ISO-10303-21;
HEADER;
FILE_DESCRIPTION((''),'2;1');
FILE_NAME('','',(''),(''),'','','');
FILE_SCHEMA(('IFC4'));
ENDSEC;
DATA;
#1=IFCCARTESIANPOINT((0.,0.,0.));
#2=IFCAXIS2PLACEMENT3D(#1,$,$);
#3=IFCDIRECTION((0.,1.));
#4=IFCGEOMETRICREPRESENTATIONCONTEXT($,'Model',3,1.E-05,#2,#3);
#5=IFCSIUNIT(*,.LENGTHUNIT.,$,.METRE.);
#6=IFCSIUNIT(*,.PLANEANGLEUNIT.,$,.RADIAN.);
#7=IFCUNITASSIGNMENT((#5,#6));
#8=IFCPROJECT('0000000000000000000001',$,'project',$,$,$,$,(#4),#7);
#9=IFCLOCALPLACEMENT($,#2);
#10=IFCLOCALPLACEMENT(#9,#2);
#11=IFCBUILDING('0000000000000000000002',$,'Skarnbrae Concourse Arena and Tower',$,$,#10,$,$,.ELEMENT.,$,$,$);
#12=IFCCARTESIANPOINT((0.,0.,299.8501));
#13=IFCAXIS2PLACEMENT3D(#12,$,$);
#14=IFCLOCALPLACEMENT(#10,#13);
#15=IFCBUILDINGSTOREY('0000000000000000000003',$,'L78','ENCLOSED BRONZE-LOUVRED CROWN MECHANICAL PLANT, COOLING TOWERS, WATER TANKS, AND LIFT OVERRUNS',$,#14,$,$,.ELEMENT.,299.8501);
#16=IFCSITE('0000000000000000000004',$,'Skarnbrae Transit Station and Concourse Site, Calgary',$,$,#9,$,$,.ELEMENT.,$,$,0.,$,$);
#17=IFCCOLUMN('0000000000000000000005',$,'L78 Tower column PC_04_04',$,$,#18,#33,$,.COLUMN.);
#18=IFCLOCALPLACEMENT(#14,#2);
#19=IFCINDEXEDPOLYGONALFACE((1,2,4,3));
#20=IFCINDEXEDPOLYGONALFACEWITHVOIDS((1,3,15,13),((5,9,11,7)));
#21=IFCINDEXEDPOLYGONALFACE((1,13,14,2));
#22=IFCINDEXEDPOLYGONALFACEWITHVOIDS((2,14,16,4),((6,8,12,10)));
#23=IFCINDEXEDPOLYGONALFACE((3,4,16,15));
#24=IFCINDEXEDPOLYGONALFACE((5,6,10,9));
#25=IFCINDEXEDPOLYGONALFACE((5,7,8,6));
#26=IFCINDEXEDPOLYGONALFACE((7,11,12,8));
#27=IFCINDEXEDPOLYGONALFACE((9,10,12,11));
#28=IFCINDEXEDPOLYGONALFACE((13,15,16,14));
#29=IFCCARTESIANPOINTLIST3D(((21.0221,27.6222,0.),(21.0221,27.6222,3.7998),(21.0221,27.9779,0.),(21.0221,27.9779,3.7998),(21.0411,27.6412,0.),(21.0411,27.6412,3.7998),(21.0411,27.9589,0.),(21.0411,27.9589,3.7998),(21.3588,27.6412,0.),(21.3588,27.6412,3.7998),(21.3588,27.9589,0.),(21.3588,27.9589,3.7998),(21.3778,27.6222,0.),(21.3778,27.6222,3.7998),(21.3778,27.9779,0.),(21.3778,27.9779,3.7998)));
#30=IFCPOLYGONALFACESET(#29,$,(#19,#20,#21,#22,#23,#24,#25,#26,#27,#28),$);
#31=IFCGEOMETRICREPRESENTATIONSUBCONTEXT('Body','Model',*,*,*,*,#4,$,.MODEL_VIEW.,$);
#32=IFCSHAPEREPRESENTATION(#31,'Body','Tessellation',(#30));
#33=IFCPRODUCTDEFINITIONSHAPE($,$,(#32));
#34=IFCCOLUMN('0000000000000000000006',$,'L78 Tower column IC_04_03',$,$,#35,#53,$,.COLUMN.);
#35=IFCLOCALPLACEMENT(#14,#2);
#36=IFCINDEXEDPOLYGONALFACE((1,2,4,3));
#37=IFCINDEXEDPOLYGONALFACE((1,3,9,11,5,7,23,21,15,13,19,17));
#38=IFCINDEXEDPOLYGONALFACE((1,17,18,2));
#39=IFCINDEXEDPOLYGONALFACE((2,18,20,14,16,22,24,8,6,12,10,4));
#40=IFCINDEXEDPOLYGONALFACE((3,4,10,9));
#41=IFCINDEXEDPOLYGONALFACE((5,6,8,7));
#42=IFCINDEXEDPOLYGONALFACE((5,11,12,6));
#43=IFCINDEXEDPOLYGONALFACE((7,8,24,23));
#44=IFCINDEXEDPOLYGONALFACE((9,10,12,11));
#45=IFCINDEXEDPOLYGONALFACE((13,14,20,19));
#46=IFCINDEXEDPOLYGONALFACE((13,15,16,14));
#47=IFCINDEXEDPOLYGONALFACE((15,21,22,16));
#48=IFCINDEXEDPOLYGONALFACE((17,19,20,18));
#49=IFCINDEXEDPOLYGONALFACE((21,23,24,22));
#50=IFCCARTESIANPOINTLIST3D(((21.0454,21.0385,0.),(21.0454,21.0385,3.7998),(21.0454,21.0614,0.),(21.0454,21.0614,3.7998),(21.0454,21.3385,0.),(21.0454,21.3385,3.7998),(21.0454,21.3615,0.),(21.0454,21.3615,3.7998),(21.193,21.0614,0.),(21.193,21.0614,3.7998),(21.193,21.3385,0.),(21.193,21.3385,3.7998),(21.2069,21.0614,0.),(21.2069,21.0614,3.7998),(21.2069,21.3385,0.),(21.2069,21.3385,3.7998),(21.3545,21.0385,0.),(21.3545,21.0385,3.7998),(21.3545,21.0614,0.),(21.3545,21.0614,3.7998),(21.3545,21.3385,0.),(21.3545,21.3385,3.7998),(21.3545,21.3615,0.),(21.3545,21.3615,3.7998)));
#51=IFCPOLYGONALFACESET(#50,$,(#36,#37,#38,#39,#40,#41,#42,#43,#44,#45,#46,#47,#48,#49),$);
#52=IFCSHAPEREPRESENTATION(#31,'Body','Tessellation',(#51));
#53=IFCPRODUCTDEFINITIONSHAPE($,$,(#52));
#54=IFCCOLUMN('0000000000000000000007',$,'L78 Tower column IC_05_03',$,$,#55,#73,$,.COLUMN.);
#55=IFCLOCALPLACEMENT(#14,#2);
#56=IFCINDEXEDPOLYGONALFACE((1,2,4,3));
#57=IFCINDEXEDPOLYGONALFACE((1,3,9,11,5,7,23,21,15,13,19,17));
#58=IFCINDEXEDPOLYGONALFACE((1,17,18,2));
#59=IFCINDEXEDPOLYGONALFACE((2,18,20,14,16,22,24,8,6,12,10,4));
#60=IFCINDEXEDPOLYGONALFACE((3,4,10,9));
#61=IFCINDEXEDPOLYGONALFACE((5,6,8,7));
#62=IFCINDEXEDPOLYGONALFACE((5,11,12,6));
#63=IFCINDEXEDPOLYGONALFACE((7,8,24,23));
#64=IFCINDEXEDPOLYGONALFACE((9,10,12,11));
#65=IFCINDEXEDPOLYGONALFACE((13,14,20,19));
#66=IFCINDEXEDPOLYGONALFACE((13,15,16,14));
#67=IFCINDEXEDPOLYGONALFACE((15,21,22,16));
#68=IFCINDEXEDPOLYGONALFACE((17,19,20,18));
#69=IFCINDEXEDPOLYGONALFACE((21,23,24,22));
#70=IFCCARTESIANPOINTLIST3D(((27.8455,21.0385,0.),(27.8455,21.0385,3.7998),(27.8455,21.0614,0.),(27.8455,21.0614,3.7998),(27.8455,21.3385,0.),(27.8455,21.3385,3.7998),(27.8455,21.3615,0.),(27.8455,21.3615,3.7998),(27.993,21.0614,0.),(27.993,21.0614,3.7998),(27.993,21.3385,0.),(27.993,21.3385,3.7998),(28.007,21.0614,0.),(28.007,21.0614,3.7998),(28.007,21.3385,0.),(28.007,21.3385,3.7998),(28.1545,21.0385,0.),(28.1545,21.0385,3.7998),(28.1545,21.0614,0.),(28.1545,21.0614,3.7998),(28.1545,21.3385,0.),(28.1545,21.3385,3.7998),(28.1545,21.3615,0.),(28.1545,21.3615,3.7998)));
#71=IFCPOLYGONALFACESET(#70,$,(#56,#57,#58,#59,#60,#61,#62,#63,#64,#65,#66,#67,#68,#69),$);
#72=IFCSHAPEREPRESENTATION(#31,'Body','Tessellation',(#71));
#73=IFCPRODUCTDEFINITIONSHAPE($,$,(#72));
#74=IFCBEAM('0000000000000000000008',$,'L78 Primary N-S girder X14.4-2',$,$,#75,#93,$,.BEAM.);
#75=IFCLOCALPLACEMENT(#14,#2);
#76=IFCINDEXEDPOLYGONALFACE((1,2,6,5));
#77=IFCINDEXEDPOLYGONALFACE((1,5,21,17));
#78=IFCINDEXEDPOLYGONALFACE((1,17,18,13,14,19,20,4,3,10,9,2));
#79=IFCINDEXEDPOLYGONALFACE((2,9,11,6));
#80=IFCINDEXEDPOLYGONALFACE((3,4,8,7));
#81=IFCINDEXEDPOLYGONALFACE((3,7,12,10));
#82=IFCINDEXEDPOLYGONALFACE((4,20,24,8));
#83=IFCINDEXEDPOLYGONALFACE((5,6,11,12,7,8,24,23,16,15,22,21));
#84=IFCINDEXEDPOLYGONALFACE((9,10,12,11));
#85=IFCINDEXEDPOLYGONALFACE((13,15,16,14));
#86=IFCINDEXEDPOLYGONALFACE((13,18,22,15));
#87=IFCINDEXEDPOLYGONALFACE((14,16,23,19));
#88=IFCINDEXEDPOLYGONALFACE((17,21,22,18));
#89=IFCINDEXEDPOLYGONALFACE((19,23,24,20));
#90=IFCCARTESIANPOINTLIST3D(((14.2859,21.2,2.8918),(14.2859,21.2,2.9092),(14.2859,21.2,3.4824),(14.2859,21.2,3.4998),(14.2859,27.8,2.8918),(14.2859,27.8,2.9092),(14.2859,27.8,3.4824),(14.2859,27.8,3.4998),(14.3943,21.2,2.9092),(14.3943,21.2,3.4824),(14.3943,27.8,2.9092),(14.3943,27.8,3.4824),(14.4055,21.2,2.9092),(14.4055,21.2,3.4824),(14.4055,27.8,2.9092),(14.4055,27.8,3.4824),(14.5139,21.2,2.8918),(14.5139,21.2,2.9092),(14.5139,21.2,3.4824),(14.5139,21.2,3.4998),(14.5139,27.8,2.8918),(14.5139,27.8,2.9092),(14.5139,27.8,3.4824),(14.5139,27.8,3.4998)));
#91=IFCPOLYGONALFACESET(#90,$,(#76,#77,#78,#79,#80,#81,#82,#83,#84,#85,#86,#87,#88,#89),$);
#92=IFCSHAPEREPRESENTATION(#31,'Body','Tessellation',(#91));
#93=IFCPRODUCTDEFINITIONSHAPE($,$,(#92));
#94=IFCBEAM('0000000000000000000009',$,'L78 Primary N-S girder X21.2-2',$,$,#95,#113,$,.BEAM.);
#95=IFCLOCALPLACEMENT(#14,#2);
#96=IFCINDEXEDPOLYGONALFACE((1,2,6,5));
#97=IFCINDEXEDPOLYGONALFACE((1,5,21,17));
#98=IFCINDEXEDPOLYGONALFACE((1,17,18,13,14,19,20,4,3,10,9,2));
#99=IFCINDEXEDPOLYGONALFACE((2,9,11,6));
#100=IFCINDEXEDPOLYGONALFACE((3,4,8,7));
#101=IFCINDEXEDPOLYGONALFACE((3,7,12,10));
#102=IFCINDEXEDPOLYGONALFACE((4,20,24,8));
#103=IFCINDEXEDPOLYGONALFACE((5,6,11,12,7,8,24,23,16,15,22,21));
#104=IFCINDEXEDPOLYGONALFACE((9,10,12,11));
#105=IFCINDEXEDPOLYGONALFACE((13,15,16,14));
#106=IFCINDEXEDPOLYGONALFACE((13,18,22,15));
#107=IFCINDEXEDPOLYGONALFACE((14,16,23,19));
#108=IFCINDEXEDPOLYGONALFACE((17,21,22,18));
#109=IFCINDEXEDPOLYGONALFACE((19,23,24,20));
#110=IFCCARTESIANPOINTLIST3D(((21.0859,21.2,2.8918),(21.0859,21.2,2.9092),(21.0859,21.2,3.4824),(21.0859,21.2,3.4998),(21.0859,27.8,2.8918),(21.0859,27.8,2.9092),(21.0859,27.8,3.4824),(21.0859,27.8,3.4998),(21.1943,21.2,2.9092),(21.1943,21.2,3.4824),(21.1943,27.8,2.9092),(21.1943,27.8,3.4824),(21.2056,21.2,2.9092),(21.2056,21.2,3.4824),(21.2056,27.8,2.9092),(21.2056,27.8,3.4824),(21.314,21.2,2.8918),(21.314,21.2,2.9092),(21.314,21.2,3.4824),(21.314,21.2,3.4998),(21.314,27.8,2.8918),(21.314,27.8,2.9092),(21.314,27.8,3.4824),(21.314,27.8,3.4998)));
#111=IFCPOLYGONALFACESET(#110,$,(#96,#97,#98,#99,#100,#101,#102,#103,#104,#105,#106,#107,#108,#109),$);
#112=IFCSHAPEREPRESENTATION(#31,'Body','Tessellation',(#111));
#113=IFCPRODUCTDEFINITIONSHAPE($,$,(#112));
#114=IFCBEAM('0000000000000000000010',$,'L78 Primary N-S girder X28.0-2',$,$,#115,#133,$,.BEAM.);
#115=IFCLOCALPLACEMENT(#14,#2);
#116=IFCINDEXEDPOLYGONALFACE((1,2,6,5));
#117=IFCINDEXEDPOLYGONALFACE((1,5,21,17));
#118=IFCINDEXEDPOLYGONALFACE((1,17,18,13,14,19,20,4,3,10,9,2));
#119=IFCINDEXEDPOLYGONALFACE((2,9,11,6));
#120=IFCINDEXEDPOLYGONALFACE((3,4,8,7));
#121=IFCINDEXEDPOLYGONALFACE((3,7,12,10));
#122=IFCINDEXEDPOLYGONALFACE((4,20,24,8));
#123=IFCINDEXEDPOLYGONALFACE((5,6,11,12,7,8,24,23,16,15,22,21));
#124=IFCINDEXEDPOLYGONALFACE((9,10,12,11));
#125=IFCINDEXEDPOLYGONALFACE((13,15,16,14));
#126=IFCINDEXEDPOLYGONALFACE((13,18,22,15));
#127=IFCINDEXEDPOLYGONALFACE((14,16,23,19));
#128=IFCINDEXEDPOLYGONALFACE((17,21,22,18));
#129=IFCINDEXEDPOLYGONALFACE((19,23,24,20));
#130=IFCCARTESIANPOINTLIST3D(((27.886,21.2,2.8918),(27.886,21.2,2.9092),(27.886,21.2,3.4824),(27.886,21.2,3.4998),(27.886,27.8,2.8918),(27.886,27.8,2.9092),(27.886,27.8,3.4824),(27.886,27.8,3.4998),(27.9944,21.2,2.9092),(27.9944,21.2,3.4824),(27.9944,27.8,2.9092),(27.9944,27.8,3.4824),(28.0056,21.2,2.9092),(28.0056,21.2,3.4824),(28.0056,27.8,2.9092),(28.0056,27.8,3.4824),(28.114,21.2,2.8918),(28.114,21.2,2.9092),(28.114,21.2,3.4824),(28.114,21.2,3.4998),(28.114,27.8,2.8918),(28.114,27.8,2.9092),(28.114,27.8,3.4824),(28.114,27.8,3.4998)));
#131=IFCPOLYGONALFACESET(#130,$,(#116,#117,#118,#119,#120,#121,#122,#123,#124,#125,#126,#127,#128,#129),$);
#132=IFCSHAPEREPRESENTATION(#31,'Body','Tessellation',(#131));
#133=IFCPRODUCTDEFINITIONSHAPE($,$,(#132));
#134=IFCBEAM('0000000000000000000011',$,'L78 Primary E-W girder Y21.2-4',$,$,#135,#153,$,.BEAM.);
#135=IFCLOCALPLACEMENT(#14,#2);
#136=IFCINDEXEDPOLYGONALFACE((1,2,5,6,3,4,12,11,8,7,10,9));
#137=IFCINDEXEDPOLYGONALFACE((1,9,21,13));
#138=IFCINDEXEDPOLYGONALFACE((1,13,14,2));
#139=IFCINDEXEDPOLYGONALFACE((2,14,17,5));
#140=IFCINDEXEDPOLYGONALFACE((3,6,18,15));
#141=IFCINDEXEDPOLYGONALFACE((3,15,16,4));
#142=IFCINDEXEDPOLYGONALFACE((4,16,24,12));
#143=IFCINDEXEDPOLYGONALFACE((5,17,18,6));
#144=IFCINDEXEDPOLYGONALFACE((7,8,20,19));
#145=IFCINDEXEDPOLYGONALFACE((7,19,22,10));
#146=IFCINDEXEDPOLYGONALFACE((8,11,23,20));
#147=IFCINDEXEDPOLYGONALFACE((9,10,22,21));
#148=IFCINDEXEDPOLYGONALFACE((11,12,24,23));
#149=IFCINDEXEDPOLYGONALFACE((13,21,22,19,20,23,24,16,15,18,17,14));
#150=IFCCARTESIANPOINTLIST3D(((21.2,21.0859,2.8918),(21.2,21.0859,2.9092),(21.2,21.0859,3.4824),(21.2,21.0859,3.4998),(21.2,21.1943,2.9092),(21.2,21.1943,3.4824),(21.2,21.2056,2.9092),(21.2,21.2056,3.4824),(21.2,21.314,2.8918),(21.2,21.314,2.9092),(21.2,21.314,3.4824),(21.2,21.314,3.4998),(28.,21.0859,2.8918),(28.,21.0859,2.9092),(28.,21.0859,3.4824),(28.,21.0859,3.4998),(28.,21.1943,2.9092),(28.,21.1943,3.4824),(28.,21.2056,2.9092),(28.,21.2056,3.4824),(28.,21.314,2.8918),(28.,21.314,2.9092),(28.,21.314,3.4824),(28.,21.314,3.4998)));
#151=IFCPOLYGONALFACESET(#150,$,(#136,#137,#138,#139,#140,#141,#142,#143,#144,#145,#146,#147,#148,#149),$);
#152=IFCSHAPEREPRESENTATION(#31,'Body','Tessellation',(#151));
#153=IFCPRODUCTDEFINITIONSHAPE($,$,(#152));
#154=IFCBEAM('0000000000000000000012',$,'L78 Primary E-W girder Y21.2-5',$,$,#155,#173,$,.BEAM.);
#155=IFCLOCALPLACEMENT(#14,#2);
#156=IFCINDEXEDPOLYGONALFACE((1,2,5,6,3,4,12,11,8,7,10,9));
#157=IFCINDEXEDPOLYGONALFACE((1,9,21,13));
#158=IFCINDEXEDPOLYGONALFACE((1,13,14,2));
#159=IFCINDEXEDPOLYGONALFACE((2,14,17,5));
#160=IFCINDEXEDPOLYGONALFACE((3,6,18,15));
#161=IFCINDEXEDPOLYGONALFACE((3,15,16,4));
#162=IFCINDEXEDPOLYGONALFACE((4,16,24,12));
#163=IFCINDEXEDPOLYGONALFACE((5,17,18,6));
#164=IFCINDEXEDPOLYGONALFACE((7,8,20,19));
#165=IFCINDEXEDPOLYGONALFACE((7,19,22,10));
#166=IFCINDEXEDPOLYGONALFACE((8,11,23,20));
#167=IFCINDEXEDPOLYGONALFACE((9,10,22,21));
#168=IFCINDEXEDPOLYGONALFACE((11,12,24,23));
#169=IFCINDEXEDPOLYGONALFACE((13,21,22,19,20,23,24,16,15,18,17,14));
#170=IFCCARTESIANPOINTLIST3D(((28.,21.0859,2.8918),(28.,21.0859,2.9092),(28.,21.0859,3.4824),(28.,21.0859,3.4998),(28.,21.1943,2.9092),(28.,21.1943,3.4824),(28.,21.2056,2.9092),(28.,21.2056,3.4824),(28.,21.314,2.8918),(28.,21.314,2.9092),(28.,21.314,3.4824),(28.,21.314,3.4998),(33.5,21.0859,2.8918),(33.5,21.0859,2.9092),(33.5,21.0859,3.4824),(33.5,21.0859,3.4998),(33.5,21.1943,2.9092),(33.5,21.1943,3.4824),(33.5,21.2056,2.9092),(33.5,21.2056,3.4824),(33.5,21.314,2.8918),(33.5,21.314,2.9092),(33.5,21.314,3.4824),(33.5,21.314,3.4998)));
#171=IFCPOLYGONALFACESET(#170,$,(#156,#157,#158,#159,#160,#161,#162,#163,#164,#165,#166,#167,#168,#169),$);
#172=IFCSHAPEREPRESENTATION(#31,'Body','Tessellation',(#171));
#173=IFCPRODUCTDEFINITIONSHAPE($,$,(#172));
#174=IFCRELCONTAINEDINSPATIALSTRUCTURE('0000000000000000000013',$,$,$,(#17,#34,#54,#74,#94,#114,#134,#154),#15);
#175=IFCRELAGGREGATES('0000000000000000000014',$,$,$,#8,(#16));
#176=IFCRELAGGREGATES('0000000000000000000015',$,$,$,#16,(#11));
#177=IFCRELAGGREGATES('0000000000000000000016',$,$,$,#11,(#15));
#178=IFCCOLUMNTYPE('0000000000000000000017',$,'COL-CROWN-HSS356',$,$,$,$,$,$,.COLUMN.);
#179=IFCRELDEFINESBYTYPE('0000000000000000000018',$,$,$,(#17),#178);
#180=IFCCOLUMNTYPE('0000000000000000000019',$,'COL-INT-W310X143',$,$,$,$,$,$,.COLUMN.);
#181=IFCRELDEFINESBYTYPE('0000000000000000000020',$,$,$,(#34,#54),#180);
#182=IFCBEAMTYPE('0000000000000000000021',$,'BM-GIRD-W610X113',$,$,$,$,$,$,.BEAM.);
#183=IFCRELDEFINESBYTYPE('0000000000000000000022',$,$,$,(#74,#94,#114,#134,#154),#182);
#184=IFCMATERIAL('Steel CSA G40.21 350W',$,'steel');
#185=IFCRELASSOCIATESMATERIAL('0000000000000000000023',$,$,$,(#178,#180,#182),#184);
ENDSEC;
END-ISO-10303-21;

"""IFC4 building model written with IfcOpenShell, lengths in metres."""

from ifc_helpers import new_model, si_unit, direction, frame, origin, origin_2d, place, context, subcontext, project, spatial, hollow_rectangle, i_section, extrude, source, transform, mapped, material, material_profile, profile_set, type_object, element, save


model = new_model("IFC4")

# Units and contexts
model_context = context("Model", 3, precision=1e-05, world=origin(), true_north=direction((0.0, 1.0)))
body_context = subcontext(model_context, "Body", "Model", "MODEL_VIEW")
ifc_project = project(units=[si_unit("LENGTHUNIT", "METRE"), si_unit("PLANEANGLEUNIT", "RADIAN")], contexts=[model_context])

# Site, building, storey
site_placement = place(None, origin())
site = spatial("IfcSite", under=ifc_project, at=site_placement, Name="Skarnbrae Transit Station and Concourse Site, Calgary", CompositionType="ELEMENT", RefElevation=0.0)
building_placement = place(site_placement, origin())
building = spatial("IfcBuilding", under=site, at=building_placement, Name="Skarnbrae Concourse Arena and Tower", CompositionType="ELEMENT")
storey_placement = place(building_placement, frame((0.0, 0.0, 299.8501)))
storey = spatial("IfcBuildingStorey", under=building, at=storey_placement, Name="L78", Description="ENCLOSED BRONZE-LOUVRED CROWN MECHANICAL PLANT, COOLING TOWERS, WATER TANKS, AND LIFT OVERRUNS", CompositionType="ELEMENT", Elevation=299.8501)

# Columns
ifc_material_1 = material(Name="Steel CSA G40.21 350W", Category="steel")
ifc_material_profile_1 = material_profile(ifc_material_1, hollow_rectangle(XDim=0.3557, YDim=0.3557, WallThickness=0.019, at=origin_2d()), Name="HSS356X356X19.0")
ifc_profile_set_1 = profile_set([ifc_material_profile_1], Name="Steel CSA G40.21 350W")
column_type_1 = type_object("IfcColumnType", Name="COL-CROWN-HSS356", PredefinedType="COLUMN", material=ifc_profile_set_1)
shared_shape_1 = source(origin(), body_context, "Body", "SweptSolid", [
    extrude(hollow_rectangle(XDim=0.3557, YDim=0.3557, WallThickness=0.019, at=origin_2d()), origin(), (0.0, 0.0, 1.0), 3.7998),
])
column_placement = place(storey_placement, frame((21.2, 27.8, 0.0), z_axis=(0.0, 0.0, 1.0), x_axis=(1.0, 0.0, 0.0)))
element("IfcColumn", 1, at=column_placement, inside=storey, type_object=column_type_1, Name="L78 Tower column PC_04_04", PredefinedType="COLUMN", context=body_context, shape_type="MappedRepresentation", body=[
    mapped(shared_shape_1, transform((0.0, 0.0, 0.0))),
])
ifc_material_profile_2 = material_profile(ifc_material_1, i_section(OverallWidth=0.3091, OverallDepth=0.323, WebThickness=0.0139, FlangeThickness=0.0229, at=origin_2d()), Name="W310X143")
ifc_profile_set_2 = profile_set([ifc_material_profile_2], Name="Steel CSA G40.21 350W")
column_type_2 = type_object("IfcColumnType", Name="COL-INT-W310X143", PredefinedType="COLUMN", material=ifc_profile_set_2)
shared_shape_2 = source(origin(), body_context, "Body", "SweptSolid", [
    extrude(i_section(OverallWidth=0.3091, OverallDepth=0.323, WebThickness=0.0139, FlangeThickness=0.0229, at=origin_2d()), origin(), (0.0, 0.0, 1.0), 3.7998),
])
for number, where, z_axis, x_axis, name in (
    (2, (21.2, 21.2, 0.0), (0.0, 0.0, 1.0), (1.0, 0.0, 0.0), "L78 Tower column IC_04_03"),
    (3, (28.0, 21.2, 0.0), (0.0, 0.0, 1.0), (1.0, 0.0, 0.0), "L78 Tower column IC_05_03"),
):
    element("IfcColumn", number, at=place(storey_placement, frame(where, z_axis=z_axis, x_axis=x_axis)), inside=storey, type_object=column_type_2, Name=name, PredefinedType="COLUMN", context=body_context, shape_type="MappedRepresentation", body=[
        mapped(shared_shape_2, transform((0.0, 0.0, 0.0))),
    ])

# Beams
ifc_material_profile_3 = material_profile(ifc_material_1, i_section(OverallWidth=0.228, OverallDepth=0.6079, WebThickness=0.0112, FlangeThickness=0.0173, at=origin_2d()), Name="W610X113")
ifc_profile_set_3 = profile_set([ifc_material_profile_3], Name="Steel CSA G40.21 350W")
beam_type_1 = type_object("IfcBeamType", Name="BM-GIRD-W610X113", PredefinedType="BEAM", material=ifc_profile_set_3)
shared_shape_3 = source(origin(), body_context, "Body", "SweptSolid", [
    extrude(i_section(OverallWidth=0.228, OverallDepth=0.6079, WebThickness=0.0112, FlangeThickness=0.0173, at=origin_2d()), origin(), (0.0, 0.0, 1.0), 6.6001),
])
for number, where, z_axis, x_axis, name in (
    (4, (14.3999, 21.2, 3.1958), (0.0, 1.0, 0.0), (-1.0, 0.0, 0.0), "L78 Primary N-S girder X14.4-2"),
    (5, (21.2, 21.2, 3.1958), (0.0, 1.0, 0.0), (-1.0, 0.0, 0.0), "L78 Primary N-S girder X21.2-2"),
    (6, (28.0, 21.2, 3.1958), (0.0, 1.0, 0.0), (-1.0, 0.0, 0.0), "L78 Primary N-S girder X28.0-2"),
):
    element("IfcBeam", number, at=place(storey_placement, frame(where, z_axis=z_axis, x_axis=x_axis)), inside=storey, type_object=beam_type_1, Name=name, PredefinedType="BEAM", context=body_context, shape_type="MappedRepresentation", body=[
        mapped(shared_shape_3, transform((0.0, 0.0, 0.0))),
    ])
shared_shape_4 = source(origin(), body_context, "Body", "SweptSolid", [
    extrude(i_section(OverallWidth=0.228, OverallDepth=0.6079, WebThickness=0.0112, FlangeThickness=0.0173, at=origin_2d()), origin(), (0.0, 0.0, 1.0), 6.8),
])
beam_1_placement = place(storey_placement, frame((21.2, 21.2, 3.1958), z_axis=(1.0, 0.0, 0.0), x_axis=(0.0, 1.0, 0.0)))
element("IfcBeam", 7, at=beam_1_placement, inside=storey, type_object=beam_type_1, Name="L78 Primary E-W girder Y21.2-4", PredefinedType="BEAM", context=body_context, shape_type="MappedRepresentation", body=[
    mapped(shared_shape_4, transform((0.0, 0.0, 0.0))),
])
shared_shape_5 = source(origin(), body_context, "Body", "SweptSolid", [
    extrude(i_section(OverallWidth=0.228, OverallDepth=0.6079, WebThickness=0.0112, FlangeThickness=0.0173, at=origin_2d()), origin(), (0.0, 0.0, 1.0), 5.5),
])
beam_2_placement = place(storey_placement, frame((28.0, 21.2, 3.1958), z_axis=(1.0, 0.0, 0.0), x_axis=(0.0, 1.0, 0.0)))
element("IfcBeam", 8, at=beam_2_placement, inside=storey, type_object=beam_type_1, Name="L78 Primary E-W girder Y21.2-5", PredefinedType="BEAM", context=body_context, shape_type="MappedRepresentation", body=[
    mapped(shared_shape_5, transform((0.0, 0.0, 0.0))),
])

save(model, "model.ifc")
